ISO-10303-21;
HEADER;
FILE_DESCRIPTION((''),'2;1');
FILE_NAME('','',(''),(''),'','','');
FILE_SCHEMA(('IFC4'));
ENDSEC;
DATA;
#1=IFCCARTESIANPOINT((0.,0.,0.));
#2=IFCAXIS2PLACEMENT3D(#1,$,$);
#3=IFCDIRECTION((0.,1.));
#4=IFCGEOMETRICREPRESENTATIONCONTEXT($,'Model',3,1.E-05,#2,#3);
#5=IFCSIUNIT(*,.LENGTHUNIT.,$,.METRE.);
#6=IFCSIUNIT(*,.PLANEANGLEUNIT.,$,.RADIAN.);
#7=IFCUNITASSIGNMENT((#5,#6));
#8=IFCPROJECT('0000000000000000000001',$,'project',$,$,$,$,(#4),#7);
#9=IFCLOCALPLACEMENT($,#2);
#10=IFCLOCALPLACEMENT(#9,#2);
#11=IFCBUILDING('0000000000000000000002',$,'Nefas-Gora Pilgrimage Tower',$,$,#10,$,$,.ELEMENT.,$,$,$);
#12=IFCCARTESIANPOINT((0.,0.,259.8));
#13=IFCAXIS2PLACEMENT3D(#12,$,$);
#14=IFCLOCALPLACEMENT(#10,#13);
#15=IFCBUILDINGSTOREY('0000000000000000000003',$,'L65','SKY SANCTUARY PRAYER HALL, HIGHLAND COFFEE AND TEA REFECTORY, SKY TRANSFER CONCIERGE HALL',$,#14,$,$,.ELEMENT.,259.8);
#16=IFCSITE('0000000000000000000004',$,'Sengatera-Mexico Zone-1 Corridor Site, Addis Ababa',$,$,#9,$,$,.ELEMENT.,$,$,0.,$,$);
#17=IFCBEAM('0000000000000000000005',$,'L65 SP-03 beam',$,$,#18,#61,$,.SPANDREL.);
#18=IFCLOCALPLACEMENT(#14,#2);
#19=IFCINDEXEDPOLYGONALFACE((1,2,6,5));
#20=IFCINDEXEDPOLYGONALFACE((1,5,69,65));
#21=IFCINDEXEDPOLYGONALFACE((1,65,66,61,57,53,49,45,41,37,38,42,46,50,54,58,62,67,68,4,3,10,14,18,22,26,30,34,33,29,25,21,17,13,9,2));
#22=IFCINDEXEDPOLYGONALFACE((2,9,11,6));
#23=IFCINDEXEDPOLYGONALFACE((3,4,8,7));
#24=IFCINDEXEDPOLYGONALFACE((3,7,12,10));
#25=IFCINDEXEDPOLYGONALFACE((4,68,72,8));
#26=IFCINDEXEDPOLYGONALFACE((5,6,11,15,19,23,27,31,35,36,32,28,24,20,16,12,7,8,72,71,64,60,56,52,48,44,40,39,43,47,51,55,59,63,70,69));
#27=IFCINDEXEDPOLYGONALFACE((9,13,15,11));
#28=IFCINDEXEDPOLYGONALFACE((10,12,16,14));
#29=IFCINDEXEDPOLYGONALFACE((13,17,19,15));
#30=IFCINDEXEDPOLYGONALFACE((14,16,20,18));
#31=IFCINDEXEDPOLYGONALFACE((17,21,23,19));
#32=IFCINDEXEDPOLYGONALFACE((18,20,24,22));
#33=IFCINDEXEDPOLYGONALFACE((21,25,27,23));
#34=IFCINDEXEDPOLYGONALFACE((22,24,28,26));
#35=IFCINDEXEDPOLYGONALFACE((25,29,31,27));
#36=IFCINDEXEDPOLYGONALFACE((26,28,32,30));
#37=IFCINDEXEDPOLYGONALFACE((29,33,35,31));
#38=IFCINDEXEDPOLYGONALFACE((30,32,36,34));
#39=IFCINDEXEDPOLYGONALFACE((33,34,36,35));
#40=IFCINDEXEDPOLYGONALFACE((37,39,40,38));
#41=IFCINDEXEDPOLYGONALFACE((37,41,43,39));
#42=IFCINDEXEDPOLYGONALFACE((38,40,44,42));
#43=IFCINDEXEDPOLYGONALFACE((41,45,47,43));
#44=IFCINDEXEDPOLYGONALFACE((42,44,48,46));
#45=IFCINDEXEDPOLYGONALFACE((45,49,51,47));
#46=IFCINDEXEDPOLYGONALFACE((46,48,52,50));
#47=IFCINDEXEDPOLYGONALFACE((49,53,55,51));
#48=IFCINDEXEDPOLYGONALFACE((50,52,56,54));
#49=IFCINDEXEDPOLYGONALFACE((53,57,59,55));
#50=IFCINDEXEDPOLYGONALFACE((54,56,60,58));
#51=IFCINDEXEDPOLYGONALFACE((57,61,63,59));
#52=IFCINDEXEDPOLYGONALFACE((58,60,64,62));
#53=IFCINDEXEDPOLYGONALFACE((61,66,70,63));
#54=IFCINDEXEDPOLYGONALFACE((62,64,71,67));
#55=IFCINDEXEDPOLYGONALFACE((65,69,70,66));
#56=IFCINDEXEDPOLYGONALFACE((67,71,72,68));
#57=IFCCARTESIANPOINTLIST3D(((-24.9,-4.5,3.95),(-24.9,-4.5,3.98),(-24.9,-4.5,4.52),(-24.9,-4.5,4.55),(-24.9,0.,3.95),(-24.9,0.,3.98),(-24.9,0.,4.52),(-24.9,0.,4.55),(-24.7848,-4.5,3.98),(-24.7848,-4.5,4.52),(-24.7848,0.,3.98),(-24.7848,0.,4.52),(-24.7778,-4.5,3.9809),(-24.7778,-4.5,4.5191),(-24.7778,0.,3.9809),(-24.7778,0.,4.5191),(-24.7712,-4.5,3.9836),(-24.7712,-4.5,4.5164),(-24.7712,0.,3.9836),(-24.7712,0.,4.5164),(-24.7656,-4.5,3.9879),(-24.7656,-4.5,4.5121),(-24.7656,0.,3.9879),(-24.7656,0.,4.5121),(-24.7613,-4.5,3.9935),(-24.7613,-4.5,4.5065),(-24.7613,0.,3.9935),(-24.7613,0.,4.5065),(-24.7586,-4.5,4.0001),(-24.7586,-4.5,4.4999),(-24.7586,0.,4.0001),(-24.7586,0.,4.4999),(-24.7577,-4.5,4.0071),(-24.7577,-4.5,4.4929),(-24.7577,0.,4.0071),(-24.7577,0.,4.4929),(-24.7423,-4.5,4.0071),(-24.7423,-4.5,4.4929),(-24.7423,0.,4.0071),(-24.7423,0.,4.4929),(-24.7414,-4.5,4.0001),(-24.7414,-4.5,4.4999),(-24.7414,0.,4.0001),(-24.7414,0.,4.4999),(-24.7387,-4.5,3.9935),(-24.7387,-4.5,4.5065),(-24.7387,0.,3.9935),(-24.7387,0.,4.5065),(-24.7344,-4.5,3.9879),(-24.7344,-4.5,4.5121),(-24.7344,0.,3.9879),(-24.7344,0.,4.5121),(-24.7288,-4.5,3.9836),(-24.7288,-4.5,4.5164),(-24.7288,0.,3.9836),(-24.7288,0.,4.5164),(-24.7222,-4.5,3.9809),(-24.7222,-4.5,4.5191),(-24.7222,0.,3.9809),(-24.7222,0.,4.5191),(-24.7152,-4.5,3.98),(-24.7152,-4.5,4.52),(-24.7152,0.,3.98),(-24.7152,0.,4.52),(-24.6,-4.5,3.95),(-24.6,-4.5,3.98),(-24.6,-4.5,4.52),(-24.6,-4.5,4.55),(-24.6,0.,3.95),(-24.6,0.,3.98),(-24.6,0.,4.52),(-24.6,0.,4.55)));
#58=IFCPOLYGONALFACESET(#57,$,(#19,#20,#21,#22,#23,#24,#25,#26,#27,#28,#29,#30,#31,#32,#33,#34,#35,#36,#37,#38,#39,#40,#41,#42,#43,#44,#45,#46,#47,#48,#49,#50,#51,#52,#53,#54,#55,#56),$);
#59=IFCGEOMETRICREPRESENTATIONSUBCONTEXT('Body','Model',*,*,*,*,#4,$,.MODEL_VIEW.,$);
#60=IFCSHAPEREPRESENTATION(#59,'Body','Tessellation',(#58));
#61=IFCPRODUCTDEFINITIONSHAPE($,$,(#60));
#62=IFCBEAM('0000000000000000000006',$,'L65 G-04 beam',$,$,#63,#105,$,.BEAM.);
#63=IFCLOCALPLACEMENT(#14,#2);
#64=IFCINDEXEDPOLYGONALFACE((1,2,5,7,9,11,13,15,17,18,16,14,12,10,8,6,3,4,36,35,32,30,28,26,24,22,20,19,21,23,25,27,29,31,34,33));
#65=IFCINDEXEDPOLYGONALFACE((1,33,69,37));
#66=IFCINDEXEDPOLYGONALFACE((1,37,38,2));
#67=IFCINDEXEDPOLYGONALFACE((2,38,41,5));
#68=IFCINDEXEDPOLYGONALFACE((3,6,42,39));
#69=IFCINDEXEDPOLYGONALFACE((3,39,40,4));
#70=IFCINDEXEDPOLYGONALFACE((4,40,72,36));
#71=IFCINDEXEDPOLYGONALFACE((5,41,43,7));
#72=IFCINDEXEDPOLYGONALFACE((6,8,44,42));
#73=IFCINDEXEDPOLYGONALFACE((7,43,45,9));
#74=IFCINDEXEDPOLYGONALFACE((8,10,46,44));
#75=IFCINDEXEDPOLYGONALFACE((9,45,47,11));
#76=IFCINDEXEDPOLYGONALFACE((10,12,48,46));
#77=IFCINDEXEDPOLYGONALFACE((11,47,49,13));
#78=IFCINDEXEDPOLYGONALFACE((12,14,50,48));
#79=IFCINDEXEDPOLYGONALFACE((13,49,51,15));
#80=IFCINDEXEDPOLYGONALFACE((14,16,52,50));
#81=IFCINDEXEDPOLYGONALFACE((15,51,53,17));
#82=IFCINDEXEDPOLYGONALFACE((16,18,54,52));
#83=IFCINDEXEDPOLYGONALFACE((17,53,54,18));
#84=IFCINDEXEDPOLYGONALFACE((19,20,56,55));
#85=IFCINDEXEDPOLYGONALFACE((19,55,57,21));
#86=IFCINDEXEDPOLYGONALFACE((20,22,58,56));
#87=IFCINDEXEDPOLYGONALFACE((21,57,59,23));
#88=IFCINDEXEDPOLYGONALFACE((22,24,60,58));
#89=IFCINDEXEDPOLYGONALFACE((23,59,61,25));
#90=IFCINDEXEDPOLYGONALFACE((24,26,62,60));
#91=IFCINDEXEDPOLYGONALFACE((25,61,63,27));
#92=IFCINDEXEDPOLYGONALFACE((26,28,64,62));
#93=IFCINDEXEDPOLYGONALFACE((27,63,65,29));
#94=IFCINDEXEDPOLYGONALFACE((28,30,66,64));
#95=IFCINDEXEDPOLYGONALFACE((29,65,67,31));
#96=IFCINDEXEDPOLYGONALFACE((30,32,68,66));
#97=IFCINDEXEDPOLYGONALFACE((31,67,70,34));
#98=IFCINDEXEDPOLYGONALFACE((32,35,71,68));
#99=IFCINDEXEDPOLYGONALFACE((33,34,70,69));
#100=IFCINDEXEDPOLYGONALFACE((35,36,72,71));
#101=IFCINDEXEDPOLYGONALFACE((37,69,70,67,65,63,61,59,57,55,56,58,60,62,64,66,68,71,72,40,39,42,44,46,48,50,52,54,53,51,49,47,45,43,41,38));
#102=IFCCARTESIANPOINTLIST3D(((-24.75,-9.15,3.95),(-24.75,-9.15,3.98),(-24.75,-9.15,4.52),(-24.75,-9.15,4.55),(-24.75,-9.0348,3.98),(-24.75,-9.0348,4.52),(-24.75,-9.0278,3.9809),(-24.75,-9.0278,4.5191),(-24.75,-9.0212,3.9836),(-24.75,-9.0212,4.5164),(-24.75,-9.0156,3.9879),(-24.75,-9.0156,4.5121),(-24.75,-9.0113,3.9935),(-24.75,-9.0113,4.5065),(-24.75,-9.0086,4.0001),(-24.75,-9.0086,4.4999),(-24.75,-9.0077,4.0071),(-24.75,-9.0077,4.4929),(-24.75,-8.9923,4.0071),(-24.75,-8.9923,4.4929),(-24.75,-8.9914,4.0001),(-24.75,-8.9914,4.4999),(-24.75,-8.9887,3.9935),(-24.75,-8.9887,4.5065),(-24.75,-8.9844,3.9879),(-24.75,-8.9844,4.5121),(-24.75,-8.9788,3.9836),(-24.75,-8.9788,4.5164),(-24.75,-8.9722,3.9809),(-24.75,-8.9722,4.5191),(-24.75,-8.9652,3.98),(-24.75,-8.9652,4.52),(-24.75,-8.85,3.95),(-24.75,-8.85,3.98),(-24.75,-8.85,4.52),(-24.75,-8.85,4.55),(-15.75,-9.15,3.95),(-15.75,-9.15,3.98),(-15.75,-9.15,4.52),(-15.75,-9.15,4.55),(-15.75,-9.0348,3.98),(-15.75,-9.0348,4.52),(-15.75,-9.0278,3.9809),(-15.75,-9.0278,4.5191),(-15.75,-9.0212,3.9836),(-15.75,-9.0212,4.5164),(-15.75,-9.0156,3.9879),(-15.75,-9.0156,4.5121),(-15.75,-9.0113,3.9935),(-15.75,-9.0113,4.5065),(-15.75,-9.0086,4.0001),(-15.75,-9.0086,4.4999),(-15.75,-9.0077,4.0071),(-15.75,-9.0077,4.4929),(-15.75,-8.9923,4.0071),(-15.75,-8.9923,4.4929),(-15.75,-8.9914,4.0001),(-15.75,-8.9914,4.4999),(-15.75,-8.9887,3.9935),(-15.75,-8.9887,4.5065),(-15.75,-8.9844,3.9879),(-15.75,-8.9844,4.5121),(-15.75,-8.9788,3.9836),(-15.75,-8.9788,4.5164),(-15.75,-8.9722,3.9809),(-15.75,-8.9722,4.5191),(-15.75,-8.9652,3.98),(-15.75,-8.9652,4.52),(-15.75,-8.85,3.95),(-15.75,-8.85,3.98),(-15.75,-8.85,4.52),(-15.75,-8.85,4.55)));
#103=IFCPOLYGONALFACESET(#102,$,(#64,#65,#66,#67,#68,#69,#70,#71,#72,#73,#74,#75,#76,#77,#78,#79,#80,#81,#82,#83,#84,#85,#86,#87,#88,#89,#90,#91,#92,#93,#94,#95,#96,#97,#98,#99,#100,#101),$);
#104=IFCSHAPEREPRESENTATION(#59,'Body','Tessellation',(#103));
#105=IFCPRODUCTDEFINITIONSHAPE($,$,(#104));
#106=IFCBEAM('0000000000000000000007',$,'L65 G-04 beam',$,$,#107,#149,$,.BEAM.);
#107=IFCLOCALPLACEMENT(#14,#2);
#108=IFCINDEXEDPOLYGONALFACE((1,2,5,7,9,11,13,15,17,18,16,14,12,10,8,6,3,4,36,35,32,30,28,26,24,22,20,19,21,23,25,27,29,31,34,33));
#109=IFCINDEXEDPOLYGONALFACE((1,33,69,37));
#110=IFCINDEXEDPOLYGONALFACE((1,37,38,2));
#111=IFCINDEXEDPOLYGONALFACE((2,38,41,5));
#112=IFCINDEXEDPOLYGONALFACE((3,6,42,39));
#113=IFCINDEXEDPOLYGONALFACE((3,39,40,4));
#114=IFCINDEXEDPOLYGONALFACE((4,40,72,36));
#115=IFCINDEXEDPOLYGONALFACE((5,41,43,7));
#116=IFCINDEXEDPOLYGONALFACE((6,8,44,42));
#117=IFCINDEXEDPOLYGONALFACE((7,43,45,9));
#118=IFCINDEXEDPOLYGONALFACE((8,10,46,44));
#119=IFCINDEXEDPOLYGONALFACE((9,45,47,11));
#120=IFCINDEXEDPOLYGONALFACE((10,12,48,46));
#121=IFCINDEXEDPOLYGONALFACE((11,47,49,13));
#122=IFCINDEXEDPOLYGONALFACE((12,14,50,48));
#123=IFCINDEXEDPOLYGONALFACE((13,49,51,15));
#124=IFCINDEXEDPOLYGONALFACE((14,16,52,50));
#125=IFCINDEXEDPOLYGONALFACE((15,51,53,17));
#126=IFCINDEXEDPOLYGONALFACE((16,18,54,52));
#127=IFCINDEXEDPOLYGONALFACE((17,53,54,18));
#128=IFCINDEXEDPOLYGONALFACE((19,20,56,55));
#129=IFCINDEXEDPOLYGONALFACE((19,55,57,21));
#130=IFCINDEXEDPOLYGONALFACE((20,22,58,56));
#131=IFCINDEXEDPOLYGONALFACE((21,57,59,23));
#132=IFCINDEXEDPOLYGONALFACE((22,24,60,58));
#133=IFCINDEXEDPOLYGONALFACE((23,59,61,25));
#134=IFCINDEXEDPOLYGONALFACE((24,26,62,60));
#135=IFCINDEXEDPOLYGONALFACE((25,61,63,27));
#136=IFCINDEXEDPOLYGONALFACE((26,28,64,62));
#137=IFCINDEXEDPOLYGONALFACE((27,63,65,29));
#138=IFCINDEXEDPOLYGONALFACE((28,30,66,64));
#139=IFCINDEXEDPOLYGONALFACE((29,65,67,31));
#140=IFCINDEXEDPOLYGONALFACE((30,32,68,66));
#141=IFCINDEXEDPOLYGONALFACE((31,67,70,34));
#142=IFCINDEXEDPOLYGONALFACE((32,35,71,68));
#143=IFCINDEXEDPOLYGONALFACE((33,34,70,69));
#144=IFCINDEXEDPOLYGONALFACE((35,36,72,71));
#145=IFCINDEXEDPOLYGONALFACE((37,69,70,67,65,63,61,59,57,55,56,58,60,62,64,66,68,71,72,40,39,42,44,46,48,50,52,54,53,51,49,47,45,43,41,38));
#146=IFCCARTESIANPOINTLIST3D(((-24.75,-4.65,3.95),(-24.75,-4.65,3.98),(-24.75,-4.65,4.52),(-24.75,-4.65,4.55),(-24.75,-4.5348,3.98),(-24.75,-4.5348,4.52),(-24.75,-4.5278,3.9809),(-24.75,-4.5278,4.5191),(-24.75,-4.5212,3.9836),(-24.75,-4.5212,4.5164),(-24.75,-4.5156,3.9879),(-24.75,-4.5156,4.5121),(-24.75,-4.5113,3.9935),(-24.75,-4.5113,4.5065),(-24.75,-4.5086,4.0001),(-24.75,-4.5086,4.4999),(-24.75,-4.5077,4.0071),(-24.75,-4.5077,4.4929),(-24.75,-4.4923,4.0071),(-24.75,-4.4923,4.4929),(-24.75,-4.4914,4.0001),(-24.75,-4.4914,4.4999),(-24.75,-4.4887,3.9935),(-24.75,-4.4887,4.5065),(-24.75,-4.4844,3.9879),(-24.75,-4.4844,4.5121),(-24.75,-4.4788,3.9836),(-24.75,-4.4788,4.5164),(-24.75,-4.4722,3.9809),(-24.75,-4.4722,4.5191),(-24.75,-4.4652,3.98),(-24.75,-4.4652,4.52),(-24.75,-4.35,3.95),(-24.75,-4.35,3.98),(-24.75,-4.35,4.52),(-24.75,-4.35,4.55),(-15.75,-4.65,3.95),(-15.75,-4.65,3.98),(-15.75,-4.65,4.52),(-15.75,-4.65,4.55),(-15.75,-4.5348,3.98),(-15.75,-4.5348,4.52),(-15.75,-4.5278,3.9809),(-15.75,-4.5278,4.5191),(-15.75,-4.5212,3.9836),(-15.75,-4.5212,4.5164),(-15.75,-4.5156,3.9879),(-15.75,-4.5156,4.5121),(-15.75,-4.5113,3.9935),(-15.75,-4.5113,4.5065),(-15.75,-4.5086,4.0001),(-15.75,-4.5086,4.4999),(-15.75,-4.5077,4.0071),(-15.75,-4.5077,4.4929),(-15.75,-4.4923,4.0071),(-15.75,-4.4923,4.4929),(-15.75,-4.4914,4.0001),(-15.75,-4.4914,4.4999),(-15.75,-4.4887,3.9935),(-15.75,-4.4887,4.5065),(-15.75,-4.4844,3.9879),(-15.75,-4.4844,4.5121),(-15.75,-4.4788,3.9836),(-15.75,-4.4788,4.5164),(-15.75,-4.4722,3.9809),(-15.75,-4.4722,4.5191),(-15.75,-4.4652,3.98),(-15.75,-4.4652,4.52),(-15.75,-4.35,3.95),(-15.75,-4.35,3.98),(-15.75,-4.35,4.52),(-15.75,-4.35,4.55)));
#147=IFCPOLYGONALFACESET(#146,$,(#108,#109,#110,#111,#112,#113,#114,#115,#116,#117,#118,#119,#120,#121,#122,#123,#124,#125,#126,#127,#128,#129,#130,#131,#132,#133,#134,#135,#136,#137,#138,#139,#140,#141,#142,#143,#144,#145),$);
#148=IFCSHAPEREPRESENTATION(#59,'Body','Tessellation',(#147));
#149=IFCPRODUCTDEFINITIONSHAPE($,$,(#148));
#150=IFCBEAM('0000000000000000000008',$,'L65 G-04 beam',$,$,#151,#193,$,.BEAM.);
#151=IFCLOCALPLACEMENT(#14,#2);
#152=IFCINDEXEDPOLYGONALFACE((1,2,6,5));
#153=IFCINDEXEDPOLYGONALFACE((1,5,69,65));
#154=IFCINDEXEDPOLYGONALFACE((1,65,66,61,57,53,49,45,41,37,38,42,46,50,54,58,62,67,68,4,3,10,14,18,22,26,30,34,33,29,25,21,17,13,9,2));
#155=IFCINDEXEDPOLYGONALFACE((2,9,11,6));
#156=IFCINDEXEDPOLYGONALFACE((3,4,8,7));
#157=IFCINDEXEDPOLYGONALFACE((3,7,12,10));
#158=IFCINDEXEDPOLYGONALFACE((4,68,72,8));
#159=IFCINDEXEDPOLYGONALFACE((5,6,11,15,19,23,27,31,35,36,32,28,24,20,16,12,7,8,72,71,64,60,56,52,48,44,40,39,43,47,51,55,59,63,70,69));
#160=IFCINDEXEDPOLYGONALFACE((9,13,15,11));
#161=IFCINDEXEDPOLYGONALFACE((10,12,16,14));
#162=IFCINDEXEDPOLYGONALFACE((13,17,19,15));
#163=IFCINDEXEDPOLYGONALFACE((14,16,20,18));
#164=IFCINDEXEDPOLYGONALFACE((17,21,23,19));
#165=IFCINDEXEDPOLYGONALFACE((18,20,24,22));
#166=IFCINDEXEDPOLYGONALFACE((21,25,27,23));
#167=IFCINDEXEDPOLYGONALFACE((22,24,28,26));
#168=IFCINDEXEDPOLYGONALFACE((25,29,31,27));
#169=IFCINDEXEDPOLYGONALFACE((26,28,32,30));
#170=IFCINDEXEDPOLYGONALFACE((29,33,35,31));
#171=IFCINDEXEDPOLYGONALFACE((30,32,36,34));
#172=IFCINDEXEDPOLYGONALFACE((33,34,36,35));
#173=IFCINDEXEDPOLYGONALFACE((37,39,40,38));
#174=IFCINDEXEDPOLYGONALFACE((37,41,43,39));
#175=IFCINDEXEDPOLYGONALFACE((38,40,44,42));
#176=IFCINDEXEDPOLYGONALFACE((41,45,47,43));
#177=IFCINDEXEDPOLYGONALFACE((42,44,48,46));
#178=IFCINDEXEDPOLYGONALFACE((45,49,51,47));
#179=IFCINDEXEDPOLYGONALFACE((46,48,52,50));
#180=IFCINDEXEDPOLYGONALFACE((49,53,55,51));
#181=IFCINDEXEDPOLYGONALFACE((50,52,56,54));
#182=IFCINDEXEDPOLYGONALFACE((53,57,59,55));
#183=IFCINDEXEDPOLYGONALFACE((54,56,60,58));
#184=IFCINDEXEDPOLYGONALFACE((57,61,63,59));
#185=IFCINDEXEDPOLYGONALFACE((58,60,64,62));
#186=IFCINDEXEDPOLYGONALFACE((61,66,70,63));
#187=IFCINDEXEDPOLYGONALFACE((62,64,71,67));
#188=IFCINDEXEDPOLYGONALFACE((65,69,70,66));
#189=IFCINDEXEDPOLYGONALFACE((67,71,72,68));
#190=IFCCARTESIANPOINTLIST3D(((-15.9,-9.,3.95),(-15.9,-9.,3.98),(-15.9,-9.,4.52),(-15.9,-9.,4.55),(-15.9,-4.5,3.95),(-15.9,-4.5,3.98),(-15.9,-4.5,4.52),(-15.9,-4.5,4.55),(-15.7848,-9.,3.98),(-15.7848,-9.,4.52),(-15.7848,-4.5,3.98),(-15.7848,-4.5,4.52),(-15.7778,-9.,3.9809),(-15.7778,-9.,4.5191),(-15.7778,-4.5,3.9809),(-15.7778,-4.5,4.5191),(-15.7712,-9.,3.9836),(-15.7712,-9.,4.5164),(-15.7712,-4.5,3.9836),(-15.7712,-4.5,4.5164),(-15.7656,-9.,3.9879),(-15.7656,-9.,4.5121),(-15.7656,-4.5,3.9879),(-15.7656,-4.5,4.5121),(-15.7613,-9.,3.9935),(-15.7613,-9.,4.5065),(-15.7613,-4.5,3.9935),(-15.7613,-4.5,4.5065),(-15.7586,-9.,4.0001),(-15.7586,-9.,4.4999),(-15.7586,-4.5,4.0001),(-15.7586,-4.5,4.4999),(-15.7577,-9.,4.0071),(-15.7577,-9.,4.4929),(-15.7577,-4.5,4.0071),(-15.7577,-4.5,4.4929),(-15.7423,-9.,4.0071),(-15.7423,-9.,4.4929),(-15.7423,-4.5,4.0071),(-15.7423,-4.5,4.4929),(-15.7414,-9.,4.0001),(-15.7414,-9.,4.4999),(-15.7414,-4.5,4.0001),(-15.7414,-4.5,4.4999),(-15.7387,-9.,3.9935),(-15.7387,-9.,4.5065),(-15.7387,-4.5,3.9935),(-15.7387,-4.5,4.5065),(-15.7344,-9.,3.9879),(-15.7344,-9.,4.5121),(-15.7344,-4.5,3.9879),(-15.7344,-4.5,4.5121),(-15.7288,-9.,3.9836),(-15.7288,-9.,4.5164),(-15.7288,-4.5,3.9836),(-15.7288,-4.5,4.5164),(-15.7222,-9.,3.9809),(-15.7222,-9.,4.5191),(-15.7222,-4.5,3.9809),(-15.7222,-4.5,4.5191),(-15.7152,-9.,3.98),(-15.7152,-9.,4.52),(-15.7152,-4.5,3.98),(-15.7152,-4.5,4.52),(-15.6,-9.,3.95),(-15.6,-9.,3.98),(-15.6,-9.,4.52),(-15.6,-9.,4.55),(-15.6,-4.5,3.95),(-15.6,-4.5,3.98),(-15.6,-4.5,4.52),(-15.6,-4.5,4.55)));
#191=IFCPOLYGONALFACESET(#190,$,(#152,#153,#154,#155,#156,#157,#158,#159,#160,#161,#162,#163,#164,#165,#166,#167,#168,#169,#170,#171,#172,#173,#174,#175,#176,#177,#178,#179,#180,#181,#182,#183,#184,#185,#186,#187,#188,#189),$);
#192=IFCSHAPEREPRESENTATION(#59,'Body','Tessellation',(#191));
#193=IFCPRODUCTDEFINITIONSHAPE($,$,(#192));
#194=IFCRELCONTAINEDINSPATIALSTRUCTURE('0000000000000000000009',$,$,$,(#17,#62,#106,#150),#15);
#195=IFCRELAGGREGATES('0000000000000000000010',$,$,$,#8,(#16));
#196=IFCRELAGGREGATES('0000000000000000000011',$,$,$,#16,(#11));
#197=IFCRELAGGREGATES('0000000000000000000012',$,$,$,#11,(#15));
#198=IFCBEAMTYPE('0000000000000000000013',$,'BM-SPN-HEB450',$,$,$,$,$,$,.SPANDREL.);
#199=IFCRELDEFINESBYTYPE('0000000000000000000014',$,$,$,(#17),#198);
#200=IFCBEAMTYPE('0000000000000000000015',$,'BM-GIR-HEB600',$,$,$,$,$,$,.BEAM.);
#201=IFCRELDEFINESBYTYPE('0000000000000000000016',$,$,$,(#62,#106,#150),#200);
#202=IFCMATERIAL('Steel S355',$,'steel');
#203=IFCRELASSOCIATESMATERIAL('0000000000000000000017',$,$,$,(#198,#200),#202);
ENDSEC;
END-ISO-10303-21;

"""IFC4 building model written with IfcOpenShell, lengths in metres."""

from ifc_helpers import new_model, si_unit, direction, frame, origin, origin_2d, place, context, subcontext, project, spatial, i_section, extrude, source, transform, mapped, material, material_profile, profile_set, type_object, element, save


model = new_model("IFC4")

# Units and contexts
model_context = context("Model", 3, precision=1e-05, world=origin(), true_north=direction((0.0, 1.0)))
body_context = subcontext(model_context, "Body", "Model", "MODEL_VIEW")
ifc_project = project(units=[si_unit("LENGTHUNIT", "METRE"), si_unit("PLANEANGLEUNIT", "RADIAN")], contexts=[model_context])

# Site, building, storey
site_placement = place(None, origin())
site = spatial("IfcSite", under=ifc_project, at=site_placement, Name="Sengatera-Mexico Zone-1 Corridor Site, Addis Ababa", CompositionType="ELEMENT", RefElevation=0.0)
building_placement = place(site_placement, origin())
building = spatial("IfcBuilding", under=site, at=building_placement, Name="Nefas-Gora Pilgrimage Tower", CompositionType="ELEMENT")
storey_placement = place(building_placement, frame((0.0, 0.0, 259.8)))
storey = spatial("IfcBuildingStorey", under=building, at=storey_placement, Name="L65", Description="SKY SANCTUARY PRAYER HALL, HIGHLAND COFFEE AND TEA REFECTORY, SKY TRANSFER CONCIERGE HALL", CompositionType="ELEMENT", Elevation=259.8)

# Beams
ifc_material_1 = material(Name="Steel S355", Category="steel")
ifc_material_profile_1 = material_profile(ifc_material_1, i_section(OverallWidth=0.3, OverallDepth=0.6001, WebThickness=0.0154, FlangeThickness=0.03, FilletRadius=0.0271, at=origin_2d()), Name="HEB 600")
ifc_profile_set_1 = profile_set([ifc_material_profile_1], Name="Steel S355")
beam_type_1 = type_object("IfcBeamType", Name="BM-SPN-HEB450", PredefinedType="SPANDREL", material=ifc_profile_set_1)
shared_shape_1 = source(origin(), body_context, "Body", "SweptSolid", [
    extrude(i_section(OverallWidth=0.3, OverallDepth=0.6001, WebThickness=0.0154, FlangeThickness=0.03, FilletRadius=0.0271, at=origin_2d()), origin(), (0.0, 0.0, 1.0), 4.5),
])
for number, where, z_axis, x_axis, name in (
    (1, (-24.75, -4.5, 4.25), (0.0, 1.0, 0.0), (-1.0, 0.0, 0.0), "L65 SP-03 beam"),
):
    element("IfcBeam", number, at=place(storey_placement, frame(where, z_axis=z_axis, x_axis=x_axis)), inside=storey, type_object=beam_type_1, Name=name, PredefinedType="SPANDREL", context=body_context, shape_type="MappedRepresentation", body=[
        mapped(shared_shape_1, transform((0.0, 0.0, 0.0), x_axis=(1.0, 0.0, 0.0), y_axis=(0.0, 1.0, 0.0), z_axis=(0.0, 0.0, 1.0), scale=1.0)),
    ])
ifc_material_profile_2 = material_profile(ifc_material_1, i_section(OverallWidth=0.3, OverallDepth=0.6001, WebThickness=0.0154, FlangeThickness=0.03, FilletRadius=0.0271, at=origin_2d()), Name="HEB 600")
ifc_profile_set_2 = profile_set([ifc_material_profile_2], Name="Steel S355")
beam_type_2 = type_object("IfcBeamType", Name="BM-GIR-HEB600", PredefinedType="BEAM", material=ifc_profile_set_2)
shared_shape_2 = source(origin(), body_context, "Body", "SweptSolid", [
    extrude(i_section(OverallWidth=0.3, OverallDepth=0.6001, WebThickness=0.0154, FlangeThickness=0.03, FilletRadius=0.0271, at=origin_2d()), origin(), (0.0, 0.0, 1.0), 9.0),
])
for number, where, z_axis, x_axis, name in (
    (2, (-24.75, -9.0, 4.25), (1.0, 0.0, 0.0), (0.0, 1.0, 0.0), "L65 G-04 beam"),
    (3, (-24.75, -4.5, 4.25), (1.0, 0.0, 0.0), (0.0, 1.0, 0.0), "L65 G-04 beam"),
):
    element("IfcBeam", number, at=place(storey_placement, frame(where, z_axis=z_axis, x_axis=x_axis)), inside=storey, type_object=beam_type_2, Name=name, PredefinedType="BEAM", context=body_context, shape_type="MappedRepresentation", body=[
        mapped(shared_shape_2, transform((0.0, 0.0, 0.0), x_axis=(1.0, 0.0, 0.0), y_axis=(0.0, 1.0, 0.0), z_axis=(0.0, 0.0, 1.0), scale=1.0)),
    ])
shared_shape_3 = source(origin(), body_context, "Body", "SweptSolid", [
    extrude(i_section(OverallWidth=0.3, OverallDepth=0.6001, WebThickness=0.0154, FlangeThickness=0.03, FilletRadius=0.0271, at=origin_2d()), origin(), (0.0, 0.0, 1.0), 4.5),
])
for number, where, z_axis, x_axis, name in (
    (4, (-15.75, -9.0, 4.25), (0.0, 1.0, 0.0), (-1.0, 0.0, 0.0), "L65 G-04 beam"),
):
    element("IfcBeam", number, at=place(storey_placement, frame(where, z_axis=z_axis, x_axis=x_axis)), inside=storey, type_object=beam_type_2, Name=name, PredefinedType="BEAM", context=body_context, shape_type="MappedRepresentation", body=[
        mapped(shared_shape_3, transform((0.0, 0.0, 0.0), x_axis=(1.0, 0.0, 0.0), y_axis=(0.0, 1.0, 0.0), z_axis=(0.0, 0.0, 1.0), scale=1.0)),
    ])

save(model, "model.ifc")
